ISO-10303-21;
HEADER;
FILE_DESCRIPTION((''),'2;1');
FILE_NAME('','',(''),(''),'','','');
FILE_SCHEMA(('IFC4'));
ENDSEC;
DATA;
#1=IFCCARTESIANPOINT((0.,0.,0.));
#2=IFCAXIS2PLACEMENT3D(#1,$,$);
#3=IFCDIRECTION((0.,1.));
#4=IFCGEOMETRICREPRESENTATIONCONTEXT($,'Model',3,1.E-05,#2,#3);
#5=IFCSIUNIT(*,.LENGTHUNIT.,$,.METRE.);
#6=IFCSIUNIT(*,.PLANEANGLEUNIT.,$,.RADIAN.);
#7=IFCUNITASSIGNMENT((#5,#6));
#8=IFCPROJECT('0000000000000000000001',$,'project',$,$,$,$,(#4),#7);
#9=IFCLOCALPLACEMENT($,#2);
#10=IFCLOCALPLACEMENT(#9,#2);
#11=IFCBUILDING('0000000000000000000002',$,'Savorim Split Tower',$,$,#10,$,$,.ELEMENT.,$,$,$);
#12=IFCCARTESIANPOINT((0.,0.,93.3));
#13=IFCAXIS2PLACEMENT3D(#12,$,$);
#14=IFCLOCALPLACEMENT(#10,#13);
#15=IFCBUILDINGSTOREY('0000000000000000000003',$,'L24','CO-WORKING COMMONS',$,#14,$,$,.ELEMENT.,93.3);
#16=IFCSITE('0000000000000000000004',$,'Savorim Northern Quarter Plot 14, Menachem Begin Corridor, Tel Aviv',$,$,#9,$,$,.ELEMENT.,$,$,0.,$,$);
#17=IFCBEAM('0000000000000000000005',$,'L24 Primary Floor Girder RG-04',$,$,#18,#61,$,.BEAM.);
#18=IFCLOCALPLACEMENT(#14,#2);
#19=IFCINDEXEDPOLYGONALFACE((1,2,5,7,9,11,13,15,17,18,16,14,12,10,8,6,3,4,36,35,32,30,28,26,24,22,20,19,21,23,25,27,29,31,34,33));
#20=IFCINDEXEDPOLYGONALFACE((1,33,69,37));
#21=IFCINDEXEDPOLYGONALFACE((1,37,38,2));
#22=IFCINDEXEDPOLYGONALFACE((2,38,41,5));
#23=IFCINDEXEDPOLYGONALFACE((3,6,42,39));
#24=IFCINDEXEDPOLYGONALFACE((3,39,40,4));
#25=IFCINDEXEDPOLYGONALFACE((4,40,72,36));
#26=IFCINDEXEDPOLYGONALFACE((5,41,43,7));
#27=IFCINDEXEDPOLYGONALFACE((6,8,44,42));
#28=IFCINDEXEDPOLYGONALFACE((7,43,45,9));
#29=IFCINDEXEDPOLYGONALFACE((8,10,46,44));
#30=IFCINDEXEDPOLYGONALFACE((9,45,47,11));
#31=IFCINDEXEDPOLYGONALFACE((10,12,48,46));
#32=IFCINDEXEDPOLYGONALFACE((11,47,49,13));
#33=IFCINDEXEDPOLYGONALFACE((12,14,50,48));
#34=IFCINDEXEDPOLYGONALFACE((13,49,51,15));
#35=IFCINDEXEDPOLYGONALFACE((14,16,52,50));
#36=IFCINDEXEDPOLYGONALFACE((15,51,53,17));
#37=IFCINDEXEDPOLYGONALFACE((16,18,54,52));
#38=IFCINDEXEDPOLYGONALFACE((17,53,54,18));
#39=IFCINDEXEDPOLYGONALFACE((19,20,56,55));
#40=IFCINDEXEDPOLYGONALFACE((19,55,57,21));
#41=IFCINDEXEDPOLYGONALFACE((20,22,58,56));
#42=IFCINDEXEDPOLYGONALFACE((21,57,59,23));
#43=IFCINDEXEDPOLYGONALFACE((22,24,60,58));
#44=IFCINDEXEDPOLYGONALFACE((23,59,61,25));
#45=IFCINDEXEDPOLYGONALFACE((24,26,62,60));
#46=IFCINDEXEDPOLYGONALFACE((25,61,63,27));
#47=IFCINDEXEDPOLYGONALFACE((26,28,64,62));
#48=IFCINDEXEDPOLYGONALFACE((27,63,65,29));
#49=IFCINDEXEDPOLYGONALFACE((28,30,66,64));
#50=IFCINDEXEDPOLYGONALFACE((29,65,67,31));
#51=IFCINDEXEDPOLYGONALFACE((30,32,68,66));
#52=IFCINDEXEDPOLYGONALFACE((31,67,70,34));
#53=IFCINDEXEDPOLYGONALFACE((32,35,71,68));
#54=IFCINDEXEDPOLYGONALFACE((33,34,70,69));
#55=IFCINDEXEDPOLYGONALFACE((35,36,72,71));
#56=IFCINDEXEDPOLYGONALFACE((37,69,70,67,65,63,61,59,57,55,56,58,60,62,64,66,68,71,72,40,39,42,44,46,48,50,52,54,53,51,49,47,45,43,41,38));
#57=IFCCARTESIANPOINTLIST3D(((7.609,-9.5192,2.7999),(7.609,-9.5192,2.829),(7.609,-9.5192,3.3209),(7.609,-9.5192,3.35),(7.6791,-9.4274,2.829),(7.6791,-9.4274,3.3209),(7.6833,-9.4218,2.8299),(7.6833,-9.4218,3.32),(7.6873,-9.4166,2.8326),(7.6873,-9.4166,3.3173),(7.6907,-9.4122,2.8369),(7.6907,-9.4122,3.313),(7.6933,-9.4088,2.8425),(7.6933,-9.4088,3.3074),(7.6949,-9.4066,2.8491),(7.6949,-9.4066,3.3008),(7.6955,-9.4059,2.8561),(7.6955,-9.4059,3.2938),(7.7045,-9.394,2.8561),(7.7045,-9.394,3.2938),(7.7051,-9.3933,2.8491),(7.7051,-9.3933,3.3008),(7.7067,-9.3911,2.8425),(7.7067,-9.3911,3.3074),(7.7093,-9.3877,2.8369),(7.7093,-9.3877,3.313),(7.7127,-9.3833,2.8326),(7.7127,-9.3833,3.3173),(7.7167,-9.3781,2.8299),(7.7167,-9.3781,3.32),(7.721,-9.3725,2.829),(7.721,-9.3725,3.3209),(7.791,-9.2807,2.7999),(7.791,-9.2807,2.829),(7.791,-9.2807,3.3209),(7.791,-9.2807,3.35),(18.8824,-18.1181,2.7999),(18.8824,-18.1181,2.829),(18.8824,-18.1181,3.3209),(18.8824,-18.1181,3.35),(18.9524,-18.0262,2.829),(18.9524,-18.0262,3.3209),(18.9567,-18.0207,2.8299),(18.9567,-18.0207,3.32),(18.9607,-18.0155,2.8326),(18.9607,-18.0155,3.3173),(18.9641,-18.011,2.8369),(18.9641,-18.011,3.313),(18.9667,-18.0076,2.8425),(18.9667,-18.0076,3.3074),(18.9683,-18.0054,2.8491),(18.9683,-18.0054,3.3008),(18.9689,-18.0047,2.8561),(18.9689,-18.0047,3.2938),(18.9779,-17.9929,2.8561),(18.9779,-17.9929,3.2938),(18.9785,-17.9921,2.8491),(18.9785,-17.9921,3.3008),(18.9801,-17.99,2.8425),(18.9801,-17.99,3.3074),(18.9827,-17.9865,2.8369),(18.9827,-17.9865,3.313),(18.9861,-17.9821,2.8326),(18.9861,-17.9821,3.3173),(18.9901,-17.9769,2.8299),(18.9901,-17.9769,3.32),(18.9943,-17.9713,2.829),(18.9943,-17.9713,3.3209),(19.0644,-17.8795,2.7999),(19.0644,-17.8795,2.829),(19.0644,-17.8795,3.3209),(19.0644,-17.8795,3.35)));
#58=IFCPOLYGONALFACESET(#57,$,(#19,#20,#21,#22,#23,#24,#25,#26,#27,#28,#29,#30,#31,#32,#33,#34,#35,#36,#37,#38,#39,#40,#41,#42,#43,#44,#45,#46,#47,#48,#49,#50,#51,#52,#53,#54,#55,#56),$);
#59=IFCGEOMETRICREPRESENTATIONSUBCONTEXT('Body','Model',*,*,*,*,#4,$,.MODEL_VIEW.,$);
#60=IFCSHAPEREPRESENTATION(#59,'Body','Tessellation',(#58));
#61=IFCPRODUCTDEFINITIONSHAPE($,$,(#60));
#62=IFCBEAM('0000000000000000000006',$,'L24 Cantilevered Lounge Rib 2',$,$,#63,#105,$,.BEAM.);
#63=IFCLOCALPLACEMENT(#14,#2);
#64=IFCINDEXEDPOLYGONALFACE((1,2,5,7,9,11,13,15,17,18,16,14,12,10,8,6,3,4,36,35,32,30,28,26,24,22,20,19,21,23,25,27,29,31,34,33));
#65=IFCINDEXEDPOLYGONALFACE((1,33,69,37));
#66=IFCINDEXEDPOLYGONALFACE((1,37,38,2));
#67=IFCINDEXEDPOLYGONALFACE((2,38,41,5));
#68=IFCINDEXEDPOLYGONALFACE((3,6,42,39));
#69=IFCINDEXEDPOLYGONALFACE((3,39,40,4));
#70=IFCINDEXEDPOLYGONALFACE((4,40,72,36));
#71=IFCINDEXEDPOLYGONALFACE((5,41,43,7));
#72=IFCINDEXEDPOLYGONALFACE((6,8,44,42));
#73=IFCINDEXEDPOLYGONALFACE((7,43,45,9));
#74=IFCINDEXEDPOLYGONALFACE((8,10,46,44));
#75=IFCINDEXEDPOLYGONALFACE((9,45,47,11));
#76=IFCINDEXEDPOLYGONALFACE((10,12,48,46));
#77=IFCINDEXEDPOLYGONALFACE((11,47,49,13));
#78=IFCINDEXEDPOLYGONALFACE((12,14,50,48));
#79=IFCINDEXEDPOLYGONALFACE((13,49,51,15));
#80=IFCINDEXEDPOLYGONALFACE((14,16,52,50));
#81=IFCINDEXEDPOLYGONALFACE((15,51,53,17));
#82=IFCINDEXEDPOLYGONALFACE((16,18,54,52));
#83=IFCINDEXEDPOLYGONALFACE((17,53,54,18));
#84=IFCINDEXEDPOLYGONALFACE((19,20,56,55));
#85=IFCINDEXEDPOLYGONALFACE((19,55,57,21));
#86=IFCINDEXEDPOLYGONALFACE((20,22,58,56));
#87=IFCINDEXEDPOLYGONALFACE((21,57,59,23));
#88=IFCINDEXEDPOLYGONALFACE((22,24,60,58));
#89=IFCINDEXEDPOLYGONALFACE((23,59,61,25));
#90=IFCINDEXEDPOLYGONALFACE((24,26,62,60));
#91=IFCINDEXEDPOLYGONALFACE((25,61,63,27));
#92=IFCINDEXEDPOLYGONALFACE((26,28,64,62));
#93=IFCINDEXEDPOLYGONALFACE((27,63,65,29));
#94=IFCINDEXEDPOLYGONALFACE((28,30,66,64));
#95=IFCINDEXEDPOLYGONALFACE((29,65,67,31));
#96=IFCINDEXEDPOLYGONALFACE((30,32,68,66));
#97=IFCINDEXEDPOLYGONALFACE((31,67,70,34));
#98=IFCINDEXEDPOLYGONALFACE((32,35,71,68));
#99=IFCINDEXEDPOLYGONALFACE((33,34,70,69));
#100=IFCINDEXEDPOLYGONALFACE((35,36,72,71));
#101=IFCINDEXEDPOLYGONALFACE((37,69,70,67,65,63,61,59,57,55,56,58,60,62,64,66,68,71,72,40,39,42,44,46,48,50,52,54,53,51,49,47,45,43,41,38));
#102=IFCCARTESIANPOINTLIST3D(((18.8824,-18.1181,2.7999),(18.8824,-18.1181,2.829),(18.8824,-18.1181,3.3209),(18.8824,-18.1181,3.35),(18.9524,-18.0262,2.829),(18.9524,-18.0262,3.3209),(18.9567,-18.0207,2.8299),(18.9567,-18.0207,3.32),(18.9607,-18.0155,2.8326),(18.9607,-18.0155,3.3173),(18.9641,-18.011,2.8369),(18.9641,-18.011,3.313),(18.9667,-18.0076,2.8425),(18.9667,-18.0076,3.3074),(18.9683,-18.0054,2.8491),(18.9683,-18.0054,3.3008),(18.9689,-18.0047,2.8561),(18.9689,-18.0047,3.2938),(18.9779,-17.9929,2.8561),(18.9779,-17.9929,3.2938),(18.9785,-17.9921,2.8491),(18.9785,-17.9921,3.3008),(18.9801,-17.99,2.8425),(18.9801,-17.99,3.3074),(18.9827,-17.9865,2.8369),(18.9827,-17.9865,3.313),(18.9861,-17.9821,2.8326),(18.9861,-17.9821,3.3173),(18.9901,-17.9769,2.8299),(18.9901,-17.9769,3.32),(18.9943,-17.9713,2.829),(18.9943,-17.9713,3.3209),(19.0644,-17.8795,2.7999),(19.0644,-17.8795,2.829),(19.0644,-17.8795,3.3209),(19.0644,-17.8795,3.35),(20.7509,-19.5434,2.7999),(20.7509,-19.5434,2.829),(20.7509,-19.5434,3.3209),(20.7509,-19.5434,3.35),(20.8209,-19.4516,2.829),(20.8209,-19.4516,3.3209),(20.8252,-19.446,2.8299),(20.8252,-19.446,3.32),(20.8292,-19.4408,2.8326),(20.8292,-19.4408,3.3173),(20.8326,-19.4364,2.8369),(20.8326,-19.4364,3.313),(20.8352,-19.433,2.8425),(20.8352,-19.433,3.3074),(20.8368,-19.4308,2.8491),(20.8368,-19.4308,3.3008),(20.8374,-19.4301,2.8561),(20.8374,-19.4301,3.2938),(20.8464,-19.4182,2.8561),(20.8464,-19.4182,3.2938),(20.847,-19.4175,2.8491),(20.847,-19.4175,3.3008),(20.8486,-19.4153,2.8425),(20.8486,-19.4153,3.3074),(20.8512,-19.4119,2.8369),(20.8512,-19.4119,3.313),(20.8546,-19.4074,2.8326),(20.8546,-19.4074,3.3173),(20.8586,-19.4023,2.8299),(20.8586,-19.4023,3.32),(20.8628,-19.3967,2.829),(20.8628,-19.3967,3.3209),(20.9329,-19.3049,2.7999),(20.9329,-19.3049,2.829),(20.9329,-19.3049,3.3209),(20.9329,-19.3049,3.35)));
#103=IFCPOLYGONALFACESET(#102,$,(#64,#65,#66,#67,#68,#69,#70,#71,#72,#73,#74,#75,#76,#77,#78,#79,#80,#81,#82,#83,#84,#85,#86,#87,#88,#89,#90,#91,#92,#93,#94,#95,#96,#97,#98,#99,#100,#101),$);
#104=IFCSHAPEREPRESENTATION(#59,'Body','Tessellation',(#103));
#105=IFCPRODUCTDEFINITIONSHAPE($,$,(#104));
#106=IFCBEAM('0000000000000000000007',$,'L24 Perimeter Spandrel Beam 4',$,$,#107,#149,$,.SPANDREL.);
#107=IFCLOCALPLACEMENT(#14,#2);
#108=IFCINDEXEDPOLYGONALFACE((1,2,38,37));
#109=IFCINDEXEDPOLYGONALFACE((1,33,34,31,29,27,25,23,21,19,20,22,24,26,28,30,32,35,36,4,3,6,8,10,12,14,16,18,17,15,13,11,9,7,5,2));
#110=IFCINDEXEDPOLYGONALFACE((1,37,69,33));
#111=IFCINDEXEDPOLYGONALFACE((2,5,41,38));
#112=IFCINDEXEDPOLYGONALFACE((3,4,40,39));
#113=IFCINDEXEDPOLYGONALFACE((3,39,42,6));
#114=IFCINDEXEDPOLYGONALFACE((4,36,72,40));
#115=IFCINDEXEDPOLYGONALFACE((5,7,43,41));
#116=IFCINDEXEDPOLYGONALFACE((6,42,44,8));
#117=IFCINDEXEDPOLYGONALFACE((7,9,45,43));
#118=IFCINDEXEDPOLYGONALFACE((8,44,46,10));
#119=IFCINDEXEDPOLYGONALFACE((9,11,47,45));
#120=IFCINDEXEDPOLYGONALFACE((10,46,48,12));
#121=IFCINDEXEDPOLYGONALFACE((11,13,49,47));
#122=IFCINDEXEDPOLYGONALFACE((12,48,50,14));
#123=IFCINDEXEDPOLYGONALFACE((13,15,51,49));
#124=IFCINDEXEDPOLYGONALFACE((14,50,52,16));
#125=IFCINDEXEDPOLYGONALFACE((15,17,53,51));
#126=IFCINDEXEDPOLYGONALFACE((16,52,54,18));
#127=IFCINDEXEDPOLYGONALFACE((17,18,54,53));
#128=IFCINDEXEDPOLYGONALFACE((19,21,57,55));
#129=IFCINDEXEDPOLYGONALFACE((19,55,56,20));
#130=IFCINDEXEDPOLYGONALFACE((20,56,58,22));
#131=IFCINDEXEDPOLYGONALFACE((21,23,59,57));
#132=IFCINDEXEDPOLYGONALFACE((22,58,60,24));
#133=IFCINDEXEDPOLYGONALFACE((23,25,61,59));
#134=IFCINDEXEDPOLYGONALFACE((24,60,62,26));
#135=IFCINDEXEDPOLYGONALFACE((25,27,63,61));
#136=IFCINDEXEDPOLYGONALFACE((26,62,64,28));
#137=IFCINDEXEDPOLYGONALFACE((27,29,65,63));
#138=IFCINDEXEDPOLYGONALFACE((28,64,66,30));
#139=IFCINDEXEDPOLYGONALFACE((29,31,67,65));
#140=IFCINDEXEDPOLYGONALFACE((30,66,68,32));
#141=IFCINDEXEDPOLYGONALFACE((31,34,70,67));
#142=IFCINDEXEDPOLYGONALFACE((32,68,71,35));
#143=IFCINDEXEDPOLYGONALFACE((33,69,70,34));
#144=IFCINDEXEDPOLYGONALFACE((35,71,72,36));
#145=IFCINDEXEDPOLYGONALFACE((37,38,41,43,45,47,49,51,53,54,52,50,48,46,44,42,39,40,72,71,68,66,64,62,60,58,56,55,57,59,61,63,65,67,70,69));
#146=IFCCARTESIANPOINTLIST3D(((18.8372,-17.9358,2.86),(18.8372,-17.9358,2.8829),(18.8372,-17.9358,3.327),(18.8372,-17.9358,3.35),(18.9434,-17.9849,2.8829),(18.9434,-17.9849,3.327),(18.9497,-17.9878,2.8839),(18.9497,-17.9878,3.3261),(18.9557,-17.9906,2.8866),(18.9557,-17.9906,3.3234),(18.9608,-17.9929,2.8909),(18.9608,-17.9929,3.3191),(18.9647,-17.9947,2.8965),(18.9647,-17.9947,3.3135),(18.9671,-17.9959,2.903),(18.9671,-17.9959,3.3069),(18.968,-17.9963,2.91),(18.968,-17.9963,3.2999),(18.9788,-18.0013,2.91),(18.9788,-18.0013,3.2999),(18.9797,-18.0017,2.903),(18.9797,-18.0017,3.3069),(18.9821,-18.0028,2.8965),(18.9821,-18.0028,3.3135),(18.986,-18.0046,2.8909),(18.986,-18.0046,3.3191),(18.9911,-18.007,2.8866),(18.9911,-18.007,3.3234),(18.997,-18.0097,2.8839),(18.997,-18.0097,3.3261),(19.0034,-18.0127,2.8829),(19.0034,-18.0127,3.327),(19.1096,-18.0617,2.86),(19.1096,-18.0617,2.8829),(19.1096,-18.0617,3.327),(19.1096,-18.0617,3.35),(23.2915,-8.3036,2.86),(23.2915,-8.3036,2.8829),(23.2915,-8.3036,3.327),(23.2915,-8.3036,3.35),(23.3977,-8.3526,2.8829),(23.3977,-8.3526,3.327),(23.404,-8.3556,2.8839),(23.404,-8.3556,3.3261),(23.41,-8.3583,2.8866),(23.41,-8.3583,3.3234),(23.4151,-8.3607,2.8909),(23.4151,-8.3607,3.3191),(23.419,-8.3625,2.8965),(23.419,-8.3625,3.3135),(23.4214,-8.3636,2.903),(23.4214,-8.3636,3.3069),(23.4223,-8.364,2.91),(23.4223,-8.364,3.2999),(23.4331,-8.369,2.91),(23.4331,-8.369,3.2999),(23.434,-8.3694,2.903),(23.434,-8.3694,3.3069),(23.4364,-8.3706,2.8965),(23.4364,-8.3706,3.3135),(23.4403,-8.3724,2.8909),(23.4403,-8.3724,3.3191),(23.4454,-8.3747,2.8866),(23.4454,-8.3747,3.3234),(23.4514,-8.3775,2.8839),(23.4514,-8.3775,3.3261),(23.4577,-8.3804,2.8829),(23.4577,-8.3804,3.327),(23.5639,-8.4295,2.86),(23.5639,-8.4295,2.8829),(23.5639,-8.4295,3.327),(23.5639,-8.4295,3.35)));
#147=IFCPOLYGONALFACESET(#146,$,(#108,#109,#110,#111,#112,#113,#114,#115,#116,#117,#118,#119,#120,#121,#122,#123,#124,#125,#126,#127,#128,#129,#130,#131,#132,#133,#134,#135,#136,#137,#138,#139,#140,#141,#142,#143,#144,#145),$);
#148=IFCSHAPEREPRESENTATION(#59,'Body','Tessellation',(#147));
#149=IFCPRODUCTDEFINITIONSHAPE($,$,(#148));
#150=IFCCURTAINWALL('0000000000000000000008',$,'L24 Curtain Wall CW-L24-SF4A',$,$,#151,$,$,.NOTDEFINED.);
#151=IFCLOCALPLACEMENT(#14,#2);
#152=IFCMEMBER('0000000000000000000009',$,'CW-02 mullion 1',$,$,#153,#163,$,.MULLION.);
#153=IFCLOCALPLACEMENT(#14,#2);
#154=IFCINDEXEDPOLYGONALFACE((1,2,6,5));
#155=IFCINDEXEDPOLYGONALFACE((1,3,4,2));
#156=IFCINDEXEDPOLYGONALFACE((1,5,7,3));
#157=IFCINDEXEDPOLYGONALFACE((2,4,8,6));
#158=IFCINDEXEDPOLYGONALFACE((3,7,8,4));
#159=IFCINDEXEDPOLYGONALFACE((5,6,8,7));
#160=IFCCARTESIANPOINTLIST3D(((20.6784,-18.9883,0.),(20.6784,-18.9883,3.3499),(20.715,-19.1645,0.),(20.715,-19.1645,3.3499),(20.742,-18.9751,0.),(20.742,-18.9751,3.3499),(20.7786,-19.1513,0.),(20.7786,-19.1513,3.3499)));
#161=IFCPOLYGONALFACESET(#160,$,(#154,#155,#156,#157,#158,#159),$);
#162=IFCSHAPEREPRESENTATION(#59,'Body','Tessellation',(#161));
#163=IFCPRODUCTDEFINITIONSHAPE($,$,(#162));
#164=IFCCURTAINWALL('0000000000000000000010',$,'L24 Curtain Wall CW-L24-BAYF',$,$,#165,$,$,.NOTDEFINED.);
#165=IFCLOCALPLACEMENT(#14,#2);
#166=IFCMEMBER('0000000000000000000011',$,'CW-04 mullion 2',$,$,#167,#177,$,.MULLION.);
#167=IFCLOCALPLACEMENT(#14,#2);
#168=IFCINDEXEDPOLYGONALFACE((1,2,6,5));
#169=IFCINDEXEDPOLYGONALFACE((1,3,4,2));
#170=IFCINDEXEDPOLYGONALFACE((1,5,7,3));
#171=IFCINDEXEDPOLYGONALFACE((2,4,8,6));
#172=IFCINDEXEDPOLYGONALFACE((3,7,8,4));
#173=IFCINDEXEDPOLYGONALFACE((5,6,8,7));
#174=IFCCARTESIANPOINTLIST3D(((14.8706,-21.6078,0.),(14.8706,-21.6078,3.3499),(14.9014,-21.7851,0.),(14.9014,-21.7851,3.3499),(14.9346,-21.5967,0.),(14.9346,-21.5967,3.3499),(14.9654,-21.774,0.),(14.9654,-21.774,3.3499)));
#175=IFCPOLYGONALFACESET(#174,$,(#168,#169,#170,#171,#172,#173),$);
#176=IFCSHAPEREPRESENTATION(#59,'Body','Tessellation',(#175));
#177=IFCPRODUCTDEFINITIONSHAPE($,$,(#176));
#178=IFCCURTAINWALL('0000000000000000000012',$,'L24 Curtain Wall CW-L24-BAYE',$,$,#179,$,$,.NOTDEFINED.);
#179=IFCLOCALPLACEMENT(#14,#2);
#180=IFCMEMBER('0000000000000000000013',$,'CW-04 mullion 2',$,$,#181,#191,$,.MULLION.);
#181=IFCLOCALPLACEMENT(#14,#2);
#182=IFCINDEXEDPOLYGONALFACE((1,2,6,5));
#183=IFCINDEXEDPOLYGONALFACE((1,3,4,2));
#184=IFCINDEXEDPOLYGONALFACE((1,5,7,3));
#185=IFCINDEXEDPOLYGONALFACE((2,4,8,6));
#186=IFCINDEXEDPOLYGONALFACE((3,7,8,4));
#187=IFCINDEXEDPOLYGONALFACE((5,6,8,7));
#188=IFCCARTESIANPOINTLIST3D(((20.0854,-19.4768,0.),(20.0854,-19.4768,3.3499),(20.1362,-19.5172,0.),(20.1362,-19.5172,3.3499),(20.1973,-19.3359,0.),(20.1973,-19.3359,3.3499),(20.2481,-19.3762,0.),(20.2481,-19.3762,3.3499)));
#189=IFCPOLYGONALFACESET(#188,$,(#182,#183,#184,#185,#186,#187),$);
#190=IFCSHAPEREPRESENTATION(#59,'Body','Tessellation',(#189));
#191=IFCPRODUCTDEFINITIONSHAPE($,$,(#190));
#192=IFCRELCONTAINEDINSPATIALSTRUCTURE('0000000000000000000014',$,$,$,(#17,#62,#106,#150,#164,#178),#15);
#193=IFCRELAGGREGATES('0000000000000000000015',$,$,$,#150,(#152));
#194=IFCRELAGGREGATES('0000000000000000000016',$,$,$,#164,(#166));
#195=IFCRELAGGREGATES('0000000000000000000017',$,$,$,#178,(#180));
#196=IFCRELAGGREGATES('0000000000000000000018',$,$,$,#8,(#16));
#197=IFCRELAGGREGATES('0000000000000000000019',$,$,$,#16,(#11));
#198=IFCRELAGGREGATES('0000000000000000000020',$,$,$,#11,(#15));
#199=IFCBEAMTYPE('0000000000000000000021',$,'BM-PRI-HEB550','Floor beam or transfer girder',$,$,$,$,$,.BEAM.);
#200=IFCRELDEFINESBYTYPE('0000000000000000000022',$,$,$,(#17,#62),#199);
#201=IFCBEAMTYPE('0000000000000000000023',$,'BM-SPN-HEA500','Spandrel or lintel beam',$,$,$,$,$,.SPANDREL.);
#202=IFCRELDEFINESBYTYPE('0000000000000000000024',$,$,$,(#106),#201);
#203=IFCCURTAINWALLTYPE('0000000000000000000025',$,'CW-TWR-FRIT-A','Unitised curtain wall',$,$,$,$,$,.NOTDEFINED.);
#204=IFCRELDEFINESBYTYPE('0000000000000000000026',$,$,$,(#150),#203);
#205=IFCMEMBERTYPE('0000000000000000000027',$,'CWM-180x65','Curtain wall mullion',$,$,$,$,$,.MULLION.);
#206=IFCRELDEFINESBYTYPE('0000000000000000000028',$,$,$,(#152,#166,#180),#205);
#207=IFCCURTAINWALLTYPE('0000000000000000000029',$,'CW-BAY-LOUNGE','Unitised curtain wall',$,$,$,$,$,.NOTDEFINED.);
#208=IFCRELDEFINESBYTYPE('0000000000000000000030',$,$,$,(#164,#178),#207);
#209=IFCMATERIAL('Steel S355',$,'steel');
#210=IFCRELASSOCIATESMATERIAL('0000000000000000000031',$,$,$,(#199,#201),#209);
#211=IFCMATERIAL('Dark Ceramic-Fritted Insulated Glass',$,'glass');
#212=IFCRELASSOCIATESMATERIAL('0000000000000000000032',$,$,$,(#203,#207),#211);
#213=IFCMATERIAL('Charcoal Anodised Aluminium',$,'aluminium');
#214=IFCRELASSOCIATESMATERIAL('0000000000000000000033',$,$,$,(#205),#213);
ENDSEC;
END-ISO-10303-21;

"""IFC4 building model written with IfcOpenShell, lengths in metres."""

from ifc_helpers import new_model, si_unit, direction, frame, origin, origin_2d, place, context, subcontext, project, spatial, rectangle, i_section, extrude, material, material_profile, profile_set, type_object, element, aggregate, save


model = new_model("IFC4")

# Units and contexts
model_context = context("Model", 3, precision=1e-05, world=origin(), true_north=direction((0.0, 1.0)))
body_context = subcontext(model_context, "Body", "Model", "MODEL_VIEW")
ifc_project = project(units=[si_unit("LENGTHUNIT", "METRE"), si_unit("PLANEANGLEUNIT", "RADIAN")], contexts=[model_context])

# Site, building, storey
site_placement = place(None, origin())
site = spatial("IfcSite", under=ifc_project, at=site_placement, Name="Savorim Northern Quarter Plot 14, Menachem Begin Corridor, Tel Aviv", CompositionType="ELEMENT", RefElevation=0.0)
building_placement = place(site_placement, origin())
building = spatial("IfcBuilding", under=site, at=building_placement, Name="Savorim Split Tower", CompositionType="ELEMENT")
storey_placement = place(building_placement, frame((0.0, 0.0, 93.3)))
storey = spatial("IfcBuildingStorey", under=building, at=storey_placement, Name="L24", Description="CO-WORKING COMMONS", CompositionType="ELEMENT", Elevation=93.3)

# Beams
ifc_material_1 = material(Name="Steel S355", Category="steel")
ifc_material_profile_1 = material_profile(ifc_material_1, i_section(OverallWidth=0.3, OverallDepth=0.55, WebThickness=0.0149, FlangeThickness=0.0291, FilletRadius=0.0271, at=origin_2d()), Name="HEB 550")
ifc_profile_set_1 = profile_set([ifc_material_profile_1], Name="Steel S355")
beam_type_1 = type_object("IfcBeamType", Name="BM-PRI-HEB550", Description="Floor beam or transfer girder", PredefinedType="BEAM", material=ifc_profile_set_1)
beam_1_placement = place(storey_placement, frame((18.9734, -17.9988, 3.075), z_axis=(-0.795106, 0.606471, 0.0), x_axis=(-0.606471, -0.795106, 0.0)))
element("IfcBeam", 1, at=beam_1_placement, inside=storey, type_object=beam_type_1, Name="L24 Primary Floor Girder RG-04", PredefinedType="BEAM", context=body_context, shape_type="SweptSolid", body=[
    extrude(i_section(OverallWidth=0.3, OverallDepth=0.55, WebThickness=0.0149, FlangeThickness=0.0291, FilletRadius=0.0271, at=origin_2d()), origin(), (0.0, 0.0, 1.0), 14.1785),
])
beam_2_placement = place(storey_placement, frame((18.9734, -17.9988, 3.075), z_axis=(0.795074, -0.606513, 0.0), x_axis=(0.606513, 0.795074, 0.0)))
element("IfcBeam", 2, at=beam_2_placement, inside=storey, type_object=beam_type_1, Name="L24 Cantilevered Lounge Rib 2", PredefinedType="BEAM", context=body_context, shape_type="SweptSolid", body=[
    extrude(i_section(OverallWidth=0.3, OverallDepth=0.55, WebThickness=0.0149, FlangeThickness=0.0291, FilletRadius=0.0271, at=origin_2d()), origin(), (0.0, 0.0, 1.0), 2.3501),
])
ifc_material_profile_2 = material_profile(ifc_material_1, i_section(OverallWidth=0.3, OverallDepth=0.49, WebThickness=0.012, FlangeThickness=0.0229, FilletRadius=0.0271, at=origin_2d()), Name="HEA 500")
ifc_profile_set_2 = profile_set([ifc_material_profile_2], Name="Steel S355")
beam_type_2 = type_object("IfcBeamType", Name="BM-SPN-HEA500", Description="Spandrel or lintel beam", PredefinedType="SPANDREL", material=ifc_profile_set_2)
beam_3_placement = place(storey_placement, frame((18.9734, -17.9988, 3.105), z_axis=(0.419731, 0.907649, 0.0), x_axis=(-0.907649, 0.419731, 0.0)))
element("IfcBeam", 3, at=beam_3_placement, inside=storey, type_object=beam_type_2, Name="L24 Perimeter Spandrel Beam 4", PredefinedType="SPANDREL", context=body_context, shape_type="SweptSolid", body=[
    extrude(i_section(OverallWidth=0.3, OverallDepth=0.49, WebThickness=0.012, FlangeThickness=0.0229, FilletRadius=0.0271, at=origin_2d()), origin(), (0.0, 0.0, 1.0), 10.6123),
])

# Curtain walls, members
ifc_material_2 = material(Name="Dark Ceramic-Fritted Insulated Glass", Category="glass")
curtain_wall_type_1 = type_object("IfcCurtainWallType", Name="CW-TWR-FRIT-A", Description="Unitised curtain wall", PredefinedType="NOTDEFINED", material=ifc_material_2)
curtain_wall_1_placement = place(storey_placement, origin())
curtain_wall_1 = element("IfcCurtainWall", 4, at=curtain_wall_1_placement, inside=storey, type_object=curtain_wall_type_1, Name="L24 Curtain Wall CW-L24-SF4A", PredefinedType="NOTDEFINED")
ifc_material_3 = material(Name="Charcoal Anodised Aluminium", Category="aluminium")
ifc_material_profile_3 = material_profile(ifc_material_3, rectangle(XDim=0.1799, YDim=0.0649, at=origin_2d()), Name="ALU-M 180x65")
ifc_profile_set_3 = profile_set([ifc_material_profile_3], Name="Charcoal Anodised Aluminium")
member_type_1 = type_object("IfcMemberType", Name="CWM-180x65", Description="Curtain wall mullion", PredefinedType="MULLION", material=ifc_profile_set_3)
member_1_placement = place(storey_placement, frame((20.7285, -19.0698, 0.0), z_axis=(0.0, 0.0, 1.0), x_axis=(-0.203218, 0.979133, 0.0)))
member_1 = element("IfcMember", 5, at=member_1_placement, type_object=member_type_1, Name="CW-02 mullion 1", PredefinedType="MULLION", context=body_context, shape_type="SweptSolid", body=[
    extrude(rectangle(XDim=0.1799, YDim=0.0649, at=origin_2d()), origin(), (0.0, 0.0, 1.0), 3.3499),
])
curtain_wall_type_2 = type_object("IfcCurtainWallType", Name="CW-BAY-LOUNGE", Description="Unitised curtain wall", PredefinedType="NOTDEFINED", material=ifc_material_2)
curtain_wall_2_placement = place(storey_placement, origin())
curtain_wall_2 = element("IfcCurtainWall", 6, at=curtain_wall_2_placement, inside=storey, type_object=curtain_wall_type_2, Name="L24 Curtain Wall CW-L24-BAYF", PredefinedType="NOTDEFINED")
member_2_placement = place(storey_placement, frame((14.918, -21.6909, 0.0), z_axis=(0.0, 0.0, 1.0), x_axis=(-0.171191, 0.985238, 0.0)))
member_2 = element("IfcMember", 7, at=member_2_placement, type_object=member_type_1, Name="CW-04 mullion 2", PredefinedType="MULLION", context=body_context, shape_type="SweptSolid", body=[
    extrude(rectangle(XDim=0.1799, YDim=0.0649, at=origin_2d()), origin(), (0.0, 0.0, 1.0), 3.3499),
])
curtain_wall_3_placement = place(storey_placement, origin())
curtain_wall_3 = element("IfcCurtainWall", 8, at=curtain_wall_3_placement, inside=storey, type_object=curtain_wall_type_2, Name="L24 Curtain Wall CW-L24-BAYE", PredefinedType="NOTDEFINED")
member_3_placement = place(storey_placement, frame((20.1667, -19.4265, 0.0), z_axis=(0.0, 0.0, 1.0), x_axis=(-0.621806, -0.783171, 0.0)))
member_3 = element("IfcMember", 9, at=member_3_placement, type_object=member_type_1, Name="CW-04 mullion 2", PredefinedType="MULLION", context=body_context, shape_type="SweptSolid", body=[
    extrude(rectangle(XDim=0.1799, YDim=0.0649, at=origin_2d()), origin(), (0.0, 0.0, 1.0), 3.3499),
])

aggregate(curtain_wall_1, [member_1])

aggregate(curtain_wall_2, [member_2])
aggregate(curtain_wall_3, [member_3])

save(model, "model.ifc")
